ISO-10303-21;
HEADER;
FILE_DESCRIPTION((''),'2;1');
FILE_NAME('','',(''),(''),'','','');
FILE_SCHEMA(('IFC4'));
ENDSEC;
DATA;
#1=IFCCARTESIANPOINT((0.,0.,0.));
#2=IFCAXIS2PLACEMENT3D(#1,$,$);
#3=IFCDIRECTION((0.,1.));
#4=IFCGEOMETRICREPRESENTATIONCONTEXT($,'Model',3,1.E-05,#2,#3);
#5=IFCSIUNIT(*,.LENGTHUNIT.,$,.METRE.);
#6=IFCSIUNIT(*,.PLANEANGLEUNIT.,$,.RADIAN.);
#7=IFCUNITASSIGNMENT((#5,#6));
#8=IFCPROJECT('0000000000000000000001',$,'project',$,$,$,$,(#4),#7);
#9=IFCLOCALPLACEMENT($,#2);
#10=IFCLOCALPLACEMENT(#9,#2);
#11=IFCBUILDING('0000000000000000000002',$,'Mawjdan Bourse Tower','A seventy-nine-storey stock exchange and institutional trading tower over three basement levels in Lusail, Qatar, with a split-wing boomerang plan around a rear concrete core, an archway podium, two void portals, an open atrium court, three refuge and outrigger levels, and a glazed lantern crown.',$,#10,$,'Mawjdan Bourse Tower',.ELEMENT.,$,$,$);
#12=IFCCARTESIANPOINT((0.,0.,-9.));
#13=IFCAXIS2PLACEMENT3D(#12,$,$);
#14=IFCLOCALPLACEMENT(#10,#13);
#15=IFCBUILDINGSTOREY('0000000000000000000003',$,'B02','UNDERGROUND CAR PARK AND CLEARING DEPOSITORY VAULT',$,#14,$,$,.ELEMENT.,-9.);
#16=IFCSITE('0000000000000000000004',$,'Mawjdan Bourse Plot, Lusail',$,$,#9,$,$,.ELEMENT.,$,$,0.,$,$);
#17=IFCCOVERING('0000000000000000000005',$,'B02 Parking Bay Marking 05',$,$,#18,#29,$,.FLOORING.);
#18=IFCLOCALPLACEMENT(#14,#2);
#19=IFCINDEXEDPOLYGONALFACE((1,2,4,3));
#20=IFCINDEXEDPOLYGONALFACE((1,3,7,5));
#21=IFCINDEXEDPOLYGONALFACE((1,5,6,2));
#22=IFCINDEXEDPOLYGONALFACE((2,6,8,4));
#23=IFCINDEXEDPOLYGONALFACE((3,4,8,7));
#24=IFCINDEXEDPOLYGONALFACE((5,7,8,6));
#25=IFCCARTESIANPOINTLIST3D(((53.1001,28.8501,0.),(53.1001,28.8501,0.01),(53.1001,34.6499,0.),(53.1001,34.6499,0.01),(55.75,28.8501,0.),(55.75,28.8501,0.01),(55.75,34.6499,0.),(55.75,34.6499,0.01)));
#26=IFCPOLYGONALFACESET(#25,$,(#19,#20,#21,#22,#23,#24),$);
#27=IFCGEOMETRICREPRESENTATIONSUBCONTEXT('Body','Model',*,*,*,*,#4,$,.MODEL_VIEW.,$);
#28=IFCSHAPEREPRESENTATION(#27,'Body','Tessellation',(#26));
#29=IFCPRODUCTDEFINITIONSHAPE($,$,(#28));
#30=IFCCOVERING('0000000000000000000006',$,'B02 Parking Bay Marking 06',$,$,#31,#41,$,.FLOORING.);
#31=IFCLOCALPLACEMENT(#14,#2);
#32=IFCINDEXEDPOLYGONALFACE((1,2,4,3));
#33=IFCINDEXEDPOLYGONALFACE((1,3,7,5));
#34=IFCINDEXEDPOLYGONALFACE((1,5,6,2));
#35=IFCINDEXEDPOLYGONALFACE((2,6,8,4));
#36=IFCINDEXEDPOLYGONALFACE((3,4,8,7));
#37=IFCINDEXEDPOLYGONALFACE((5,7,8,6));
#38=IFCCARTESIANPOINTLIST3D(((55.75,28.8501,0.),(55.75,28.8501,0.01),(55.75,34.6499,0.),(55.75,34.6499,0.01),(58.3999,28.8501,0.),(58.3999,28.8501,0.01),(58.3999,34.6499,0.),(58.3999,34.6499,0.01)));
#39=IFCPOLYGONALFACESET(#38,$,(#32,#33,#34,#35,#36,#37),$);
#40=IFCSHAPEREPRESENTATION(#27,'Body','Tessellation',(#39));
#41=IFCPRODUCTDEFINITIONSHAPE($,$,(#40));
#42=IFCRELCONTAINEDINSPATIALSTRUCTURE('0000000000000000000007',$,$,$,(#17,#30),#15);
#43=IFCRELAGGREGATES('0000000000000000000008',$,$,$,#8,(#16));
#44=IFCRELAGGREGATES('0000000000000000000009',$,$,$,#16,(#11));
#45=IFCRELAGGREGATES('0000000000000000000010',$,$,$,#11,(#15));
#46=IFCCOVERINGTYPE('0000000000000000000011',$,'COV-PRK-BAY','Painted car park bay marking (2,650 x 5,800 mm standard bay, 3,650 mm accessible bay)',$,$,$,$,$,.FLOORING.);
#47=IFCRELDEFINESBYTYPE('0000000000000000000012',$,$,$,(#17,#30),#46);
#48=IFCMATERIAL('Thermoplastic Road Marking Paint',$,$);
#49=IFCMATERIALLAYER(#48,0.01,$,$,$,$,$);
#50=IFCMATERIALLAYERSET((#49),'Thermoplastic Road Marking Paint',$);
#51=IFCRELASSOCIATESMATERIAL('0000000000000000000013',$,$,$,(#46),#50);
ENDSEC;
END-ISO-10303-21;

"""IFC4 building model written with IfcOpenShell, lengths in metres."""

from ifc_helpers import new_model, si_unit, direction, frame, origin, place, context, subcontext, project, spatial, polyline, outline, extrude, material, layer, layer_set, type_object, element, save


model = new_model("IFC4")

# Units and contexts
model_context = context("Model", 3, precision=1e-05, world=origin(), true_north=direction((0.0, 1.0)))
body_context = subcontext(model_context, "Body", "Model", "MODEL_VIEW")
ifc_project = project(units=[si_unit("LENGTHUNIT", "METRE"), si_unit("PLANEANGLEUNIT", "RADIAN")], contexts=[model_context])

# Site, building, storey
site_placement = place(None, origin())
site = spatial("IfcSite", under=ifc_project, at=site_placement, Name="Mawjdan Bourse Plot, Lusail", CompositionType="ELEMENT", RefElevation=0.0)
building_placement = place(site_placement, origin())
building = spatial("IfcBuilding", under=site, at=building_placement, Name="Mawjdan Bourse Tower", Description="A seventy-nine-storey stock exchange and institutional trading tower over three basement levels in Lusail, Qatar, with a split-wing boomerang plan around a rear concrete core, an archway podium, two void portals, an open atrium court, three refuge and outrigger levels, and a glazed lantern crown.", LongName="Mawjdan Bourse Tower", CompositionType="ELEMENT")
storey_placement = place(building_placement, frame((0.0, 0.0, -9.0)))
storey = spatial("IfcBuildingStorey", under=building, at=storey_placement, Name="B02", Description="UNDERGROUND CAR PARK AND CLEARING DEPOSITORY VAULT", CompositionType="ELEMENT", Elevation=-9.0)

# Coverings
ifc_material_1 = material(Name="Thermoplastic Road Marking Paint")
ifc_layer_1 = layer(ifc_material_1, 0.01)
ifc_layer_set_1 = layer_set([ifc_layer_1], Name="Thermoplastic Road Marking Paint")
covering_type = type_object("IfcCoveringType", Name="COV-PRK-BAY", Description="Painted car park bay marking (2,650 x 5,800 mm standard bay, 3,650 mm accessible bay)", PredefinedType="FLOORING", material=ifc_layer_set_1)
covering_1_placement = place(storey_placement, origin())
element("IfcCovering", 1, at=covering_1_placement, inside=storey, type_object=covering_type, Name="B02 Parking Bay Marking 05", PredefinedType="FLOORING", context=body_context, shape_type="SweptSolid", body=[
    extrude(outline(polyline([(53.1001, 28.8501), (55.75, 28.8501), (55.75, 34.6499), (53.1001, 34.6499), (53.1001, 28.8501)])), origin(), (0.0, 0.0, 1.0), 0.01),
])
covering_2_placement = place(storey_placement, origin())
element("IfcCovering", 2, at=covering_2_placement, inside=storey, type_object=covering_type, Name="B02 Parking Bay Marking 06", PredefinedType="FLOORING", context=body_context, shape_type="SweptSolid", body=[
    extrude(outline(polyline([(55.75, 28.8501), (58.3999, 28.8501), (58.3999, 34.6499), (55.75, 34.6499), (55.75, 28.8501)])), origin(), (0.0, 0.0, 1.0), 0.01),
])

save(model, "model.ifc")
